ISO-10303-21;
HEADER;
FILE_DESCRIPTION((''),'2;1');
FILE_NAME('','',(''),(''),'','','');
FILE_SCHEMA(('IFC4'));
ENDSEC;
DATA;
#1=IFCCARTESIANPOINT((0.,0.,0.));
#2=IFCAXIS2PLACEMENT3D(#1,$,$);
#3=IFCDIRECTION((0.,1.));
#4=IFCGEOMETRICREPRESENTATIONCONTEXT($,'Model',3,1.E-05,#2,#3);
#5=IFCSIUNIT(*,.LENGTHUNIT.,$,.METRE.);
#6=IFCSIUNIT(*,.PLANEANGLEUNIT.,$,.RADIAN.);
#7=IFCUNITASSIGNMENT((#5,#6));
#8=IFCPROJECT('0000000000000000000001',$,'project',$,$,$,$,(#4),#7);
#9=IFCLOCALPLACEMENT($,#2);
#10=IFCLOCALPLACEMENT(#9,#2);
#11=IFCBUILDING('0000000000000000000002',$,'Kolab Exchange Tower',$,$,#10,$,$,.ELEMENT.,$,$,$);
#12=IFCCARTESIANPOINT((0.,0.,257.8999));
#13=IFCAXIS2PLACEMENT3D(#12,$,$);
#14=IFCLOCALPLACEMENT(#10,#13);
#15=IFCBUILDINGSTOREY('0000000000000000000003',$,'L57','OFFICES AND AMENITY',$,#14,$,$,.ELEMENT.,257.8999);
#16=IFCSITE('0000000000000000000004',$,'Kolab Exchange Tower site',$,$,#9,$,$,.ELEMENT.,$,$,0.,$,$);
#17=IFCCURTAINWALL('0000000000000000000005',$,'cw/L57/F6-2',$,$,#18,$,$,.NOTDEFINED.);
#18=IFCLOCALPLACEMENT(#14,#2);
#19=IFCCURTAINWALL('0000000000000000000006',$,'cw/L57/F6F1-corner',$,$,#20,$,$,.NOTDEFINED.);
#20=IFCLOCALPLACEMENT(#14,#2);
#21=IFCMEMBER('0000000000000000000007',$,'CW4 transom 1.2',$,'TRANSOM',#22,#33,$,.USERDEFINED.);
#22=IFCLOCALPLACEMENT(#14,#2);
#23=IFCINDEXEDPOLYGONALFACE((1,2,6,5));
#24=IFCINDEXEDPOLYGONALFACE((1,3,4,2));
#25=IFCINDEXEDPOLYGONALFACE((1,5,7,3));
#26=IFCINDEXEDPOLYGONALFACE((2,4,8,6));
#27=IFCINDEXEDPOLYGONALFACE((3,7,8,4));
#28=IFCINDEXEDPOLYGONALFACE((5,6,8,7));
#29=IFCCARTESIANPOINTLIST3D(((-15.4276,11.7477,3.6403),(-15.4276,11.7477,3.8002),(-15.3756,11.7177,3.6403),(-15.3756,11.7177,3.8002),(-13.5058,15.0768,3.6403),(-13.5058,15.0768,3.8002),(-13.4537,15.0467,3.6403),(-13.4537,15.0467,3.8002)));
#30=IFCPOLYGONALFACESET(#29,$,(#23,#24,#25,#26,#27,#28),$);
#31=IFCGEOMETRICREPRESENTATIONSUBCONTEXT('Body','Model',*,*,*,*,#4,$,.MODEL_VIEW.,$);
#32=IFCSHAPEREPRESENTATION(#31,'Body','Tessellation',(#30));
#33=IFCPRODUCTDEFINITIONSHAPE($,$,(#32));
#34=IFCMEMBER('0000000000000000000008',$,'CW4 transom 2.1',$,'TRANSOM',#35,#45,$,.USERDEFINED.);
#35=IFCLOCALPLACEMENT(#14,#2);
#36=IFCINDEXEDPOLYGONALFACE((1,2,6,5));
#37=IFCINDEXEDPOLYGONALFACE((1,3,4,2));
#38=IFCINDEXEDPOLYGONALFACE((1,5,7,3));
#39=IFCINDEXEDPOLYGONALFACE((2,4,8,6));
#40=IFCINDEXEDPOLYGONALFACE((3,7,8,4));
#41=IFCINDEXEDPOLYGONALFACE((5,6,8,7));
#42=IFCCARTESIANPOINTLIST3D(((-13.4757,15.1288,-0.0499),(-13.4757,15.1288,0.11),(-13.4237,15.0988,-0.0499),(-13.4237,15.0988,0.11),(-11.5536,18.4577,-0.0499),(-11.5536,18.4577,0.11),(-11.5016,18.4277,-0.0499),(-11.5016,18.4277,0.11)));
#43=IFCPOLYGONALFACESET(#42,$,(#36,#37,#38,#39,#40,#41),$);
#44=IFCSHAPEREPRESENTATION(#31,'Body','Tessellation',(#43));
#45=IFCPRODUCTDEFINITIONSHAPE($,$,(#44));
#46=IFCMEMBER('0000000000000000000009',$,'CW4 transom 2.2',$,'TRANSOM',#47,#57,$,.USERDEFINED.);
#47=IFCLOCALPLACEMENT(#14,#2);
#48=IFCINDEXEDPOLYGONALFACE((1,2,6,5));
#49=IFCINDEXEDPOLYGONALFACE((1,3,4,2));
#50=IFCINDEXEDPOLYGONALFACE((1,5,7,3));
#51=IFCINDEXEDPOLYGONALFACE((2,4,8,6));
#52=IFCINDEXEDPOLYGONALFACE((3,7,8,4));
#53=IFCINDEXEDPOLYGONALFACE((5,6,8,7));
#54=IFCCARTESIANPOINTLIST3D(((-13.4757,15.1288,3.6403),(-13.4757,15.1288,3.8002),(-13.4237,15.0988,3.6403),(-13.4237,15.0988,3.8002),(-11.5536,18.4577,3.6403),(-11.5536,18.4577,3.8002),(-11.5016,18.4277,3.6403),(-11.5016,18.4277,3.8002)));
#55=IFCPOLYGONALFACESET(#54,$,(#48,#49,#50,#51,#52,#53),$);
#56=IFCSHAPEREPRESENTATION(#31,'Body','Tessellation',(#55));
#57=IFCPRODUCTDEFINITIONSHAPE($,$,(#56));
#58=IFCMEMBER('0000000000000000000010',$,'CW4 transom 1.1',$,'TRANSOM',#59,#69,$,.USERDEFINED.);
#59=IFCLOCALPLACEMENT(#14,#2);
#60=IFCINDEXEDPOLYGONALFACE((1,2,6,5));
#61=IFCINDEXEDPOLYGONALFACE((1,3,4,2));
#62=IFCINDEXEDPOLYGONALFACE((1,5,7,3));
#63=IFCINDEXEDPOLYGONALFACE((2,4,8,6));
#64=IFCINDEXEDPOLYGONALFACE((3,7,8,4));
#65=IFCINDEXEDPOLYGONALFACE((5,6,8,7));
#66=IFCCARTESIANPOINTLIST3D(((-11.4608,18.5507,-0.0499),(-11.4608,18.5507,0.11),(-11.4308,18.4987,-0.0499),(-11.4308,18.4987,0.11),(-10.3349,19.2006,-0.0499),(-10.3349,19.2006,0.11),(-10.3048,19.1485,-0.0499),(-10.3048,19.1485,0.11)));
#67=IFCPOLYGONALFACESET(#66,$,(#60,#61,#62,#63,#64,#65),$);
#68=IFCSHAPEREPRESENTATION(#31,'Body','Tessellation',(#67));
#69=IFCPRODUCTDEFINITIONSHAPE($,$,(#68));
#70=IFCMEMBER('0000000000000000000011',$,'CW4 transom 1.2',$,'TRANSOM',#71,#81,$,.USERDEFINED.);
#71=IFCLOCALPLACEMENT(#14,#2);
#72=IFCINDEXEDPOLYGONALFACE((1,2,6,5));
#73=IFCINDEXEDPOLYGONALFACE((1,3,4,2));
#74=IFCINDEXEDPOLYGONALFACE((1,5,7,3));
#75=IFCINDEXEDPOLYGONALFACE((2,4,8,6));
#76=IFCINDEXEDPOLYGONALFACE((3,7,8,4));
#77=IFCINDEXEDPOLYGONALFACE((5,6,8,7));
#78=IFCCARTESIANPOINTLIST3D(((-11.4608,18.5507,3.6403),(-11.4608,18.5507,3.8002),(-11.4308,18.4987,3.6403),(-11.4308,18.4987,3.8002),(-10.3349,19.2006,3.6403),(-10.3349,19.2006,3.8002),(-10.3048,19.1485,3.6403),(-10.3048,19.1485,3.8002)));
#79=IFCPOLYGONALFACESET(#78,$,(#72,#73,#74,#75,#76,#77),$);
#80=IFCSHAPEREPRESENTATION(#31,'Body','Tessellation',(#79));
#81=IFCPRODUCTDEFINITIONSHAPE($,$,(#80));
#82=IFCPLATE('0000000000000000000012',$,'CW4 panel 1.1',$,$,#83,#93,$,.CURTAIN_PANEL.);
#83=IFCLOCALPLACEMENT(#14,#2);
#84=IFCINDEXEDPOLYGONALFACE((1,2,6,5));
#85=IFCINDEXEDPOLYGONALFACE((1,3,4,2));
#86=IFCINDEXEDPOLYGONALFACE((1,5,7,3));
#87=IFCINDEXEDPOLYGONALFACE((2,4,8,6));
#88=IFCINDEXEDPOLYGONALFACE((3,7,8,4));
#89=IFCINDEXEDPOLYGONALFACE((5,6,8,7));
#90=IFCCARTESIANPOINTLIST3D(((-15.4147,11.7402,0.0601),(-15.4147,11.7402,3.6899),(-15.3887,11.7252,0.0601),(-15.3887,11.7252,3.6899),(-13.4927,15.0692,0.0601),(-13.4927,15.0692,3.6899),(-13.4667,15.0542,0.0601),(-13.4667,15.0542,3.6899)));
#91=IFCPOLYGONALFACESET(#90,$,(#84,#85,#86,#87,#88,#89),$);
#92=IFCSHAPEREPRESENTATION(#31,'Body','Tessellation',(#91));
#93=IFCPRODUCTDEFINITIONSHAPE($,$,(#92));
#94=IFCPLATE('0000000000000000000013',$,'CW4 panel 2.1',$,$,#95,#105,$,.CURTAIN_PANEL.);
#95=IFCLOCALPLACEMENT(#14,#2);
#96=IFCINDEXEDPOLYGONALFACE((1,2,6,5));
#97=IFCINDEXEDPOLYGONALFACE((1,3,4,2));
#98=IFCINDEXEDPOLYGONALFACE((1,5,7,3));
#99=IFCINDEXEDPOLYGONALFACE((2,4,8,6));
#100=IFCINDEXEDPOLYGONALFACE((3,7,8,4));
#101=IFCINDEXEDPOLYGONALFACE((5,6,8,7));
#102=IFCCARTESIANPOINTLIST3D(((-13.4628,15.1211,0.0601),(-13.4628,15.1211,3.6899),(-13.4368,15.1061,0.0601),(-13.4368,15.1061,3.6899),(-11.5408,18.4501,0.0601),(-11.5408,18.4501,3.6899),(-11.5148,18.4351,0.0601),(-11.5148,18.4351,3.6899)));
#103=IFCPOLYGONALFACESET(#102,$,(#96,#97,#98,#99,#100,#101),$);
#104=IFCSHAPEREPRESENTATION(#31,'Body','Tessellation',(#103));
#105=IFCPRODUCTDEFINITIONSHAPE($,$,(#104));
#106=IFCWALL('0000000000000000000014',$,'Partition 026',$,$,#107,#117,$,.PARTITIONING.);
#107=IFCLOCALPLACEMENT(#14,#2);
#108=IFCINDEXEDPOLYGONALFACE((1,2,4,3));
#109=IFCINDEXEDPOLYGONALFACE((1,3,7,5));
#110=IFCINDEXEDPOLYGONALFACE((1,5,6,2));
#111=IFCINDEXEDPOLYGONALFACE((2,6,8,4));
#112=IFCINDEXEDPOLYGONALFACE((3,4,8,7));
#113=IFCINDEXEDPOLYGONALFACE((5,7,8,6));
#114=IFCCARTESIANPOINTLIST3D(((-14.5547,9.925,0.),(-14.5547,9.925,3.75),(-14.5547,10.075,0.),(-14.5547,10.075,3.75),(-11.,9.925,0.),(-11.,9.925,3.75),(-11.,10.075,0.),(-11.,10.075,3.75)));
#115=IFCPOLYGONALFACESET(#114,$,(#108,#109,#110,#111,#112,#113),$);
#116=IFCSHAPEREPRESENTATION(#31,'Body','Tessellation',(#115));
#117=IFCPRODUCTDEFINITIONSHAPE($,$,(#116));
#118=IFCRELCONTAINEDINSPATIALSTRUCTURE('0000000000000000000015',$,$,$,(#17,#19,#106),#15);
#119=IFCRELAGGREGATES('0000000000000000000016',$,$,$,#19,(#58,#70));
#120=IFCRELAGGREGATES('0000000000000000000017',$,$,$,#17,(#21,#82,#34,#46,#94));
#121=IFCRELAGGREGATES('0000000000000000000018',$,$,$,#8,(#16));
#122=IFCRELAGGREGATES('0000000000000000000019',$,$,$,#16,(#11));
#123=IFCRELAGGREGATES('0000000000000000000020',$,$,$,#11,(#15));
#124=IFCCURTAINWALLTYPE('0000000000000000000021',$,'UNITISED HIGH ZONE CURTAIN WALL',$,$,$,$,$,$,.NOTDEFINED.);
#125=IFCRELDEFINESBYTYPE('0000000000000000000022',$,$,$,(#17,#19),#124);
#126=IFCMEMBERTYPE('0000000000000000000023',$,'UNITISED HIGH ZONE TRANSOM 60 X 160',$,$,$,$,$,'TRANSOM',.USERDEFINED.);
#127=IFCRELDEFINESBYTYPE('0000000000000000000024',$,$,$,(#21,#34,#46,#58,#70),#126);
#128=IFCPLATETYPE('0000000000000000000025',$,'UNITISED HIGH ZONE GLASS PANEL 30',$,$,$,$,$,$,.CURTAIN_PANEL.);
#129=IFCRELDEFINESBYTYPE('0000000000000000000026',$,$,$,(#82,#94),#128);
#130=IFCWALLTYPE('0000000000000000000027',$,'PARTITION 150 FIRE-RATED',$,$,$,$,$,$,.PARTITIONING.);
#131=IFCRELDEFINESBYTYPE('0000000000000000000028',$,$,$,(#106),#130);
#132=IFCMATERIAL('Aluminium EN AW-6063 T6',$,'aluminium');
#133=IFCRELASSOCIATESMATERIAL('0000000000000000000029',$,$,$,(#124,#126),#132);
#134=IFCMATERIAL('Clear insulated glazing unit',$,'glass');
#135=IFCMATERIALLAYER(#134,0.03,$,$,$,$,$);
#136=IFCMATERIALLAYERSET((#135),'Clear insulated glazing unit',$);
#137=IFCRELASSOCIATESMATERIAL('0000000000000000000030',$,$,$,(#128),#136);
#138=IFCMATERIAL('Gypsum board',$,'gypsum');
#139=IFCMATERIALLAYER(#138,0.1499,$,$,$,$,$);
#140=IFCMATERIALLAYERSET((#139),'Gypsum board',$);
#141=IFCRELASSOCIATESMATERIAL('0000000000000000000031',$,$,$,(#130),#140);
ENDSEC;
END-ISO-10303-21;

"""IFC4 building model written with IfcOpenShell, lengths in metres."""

from ifc_helpers import new_model, si_unit, direction, frame, frame_2d, origin, origin_2d, place, context, subcontext, project, spatial, rectangle, extrude, material, layer, layer_set, material_profile, profile_set, type_object, element, aggregate, save


model = new_model("IFC4")

# Units and contexts
model_context = context("Model", 3, precision=1e-05, world=origin(), true_north=direction((0.0, 1.0)))
body_context = subcontext(model_context, "Body", "Model", "MODEL_VIEW")
ifc_project = project(units=[si_unit("LENGTHUNIT", "METRE"), si_unit("PLANEANGLEUNIT", "RADIAN")], contexts=[model_context])

# Site, building, storey
site_placement = place(None, origin())
site = spatial("IfcSite", under=ifc_project, at=site_placement, Name="Kolab Exchange Tower site", CompositionType="ELEMENT", RefElevation=0.0)
building_placement = place(site_placement, origin())
building = spatial("IfcBuilding", under=site, at=building_placement, Name="Kolab Exchange Tower", CompositionType="ELEMENT")
storey_placement = place(building_placement, frame((0.0, 0.0, 257.8999)))
storey = spatial("IfcBuildingStorey", under=building, at=storey_placement, Name="L57", Description="OFFICES AND AMENITY", CompositionType="ELEMENT", Elevation=257.8999)

# Curtain wall
ifc_material_1 = material(Name="Aluminium EN AW-6063 T6", Category="aluminium")
curtain_wall_type = type_object("IfcCurtainWallType", Name="UNITISED HIGH ZONE CURTAIN WALL", PredefinedType="NOTDEFINED", material=ifc_material_1)
curtain_wall_1_placement = place(storey_placement, origin())
curtain_wall_1 = element("IfcCurtainWall", 1, at=curtain_wall_1_placement, inside=storey, type_object=curtain_wall_type, Name="cw/L57/F6-2", PredefinedType="NOTDEFINED")

# Curtain wall
curtain_wall_2_placement = place(storey_placement, origin())
curtain_wall_2 = element("IfcCurtainWall", 2, at=curtain_wall_2_placement, inside=storey, type_object=curtain_wall_type, Name="cw/L57/F6F1-corner", PredefinedType="NOTDEFINED")

# Members
ifc_material_profile_1 = material_profile(ifc_material_1, rectangle(XDim=0.0601, YDim=0.1599, at=origin_2d()), Name="RECT 60X160")
ifc_profile_set_1 = profile_set([ifc_material_profile_1], Name="Aluminium EN AW-6063 T6")
member_type_1 = type_object("IfcMemberType", Name="UNITISED HIGH ZONE TRANSOM 60 X 160", ElementType="TRANSOM", PredefinedType="USERDEFINED", material=ifc_profile_set_1)
member_1_placement = place(storey_placement, frame((-15.4016, 11.7327, 3.7202), z_axis=(0.499964, 0.866046, 0.0), x_axis=(-0.866046, 0.499964, 0.0)))
member_1 = element("IfcMember", 3, at=member_1_placement, type_object=member_type_1, Name="CW4 transom 1.2", ObjectType="TRANSOM", PredefinedType="USERDEFINED", context=body_context, shape_type="SweptSolid", body=[
    extrude(rectangle(XDim=0.0601, YDim=0.1599, at=origin_2d()), origin(), (0.0, 0.0, 1.0), 3.844),
])
member_2_placement = place(storey_placement, frame((-13.4497, 15.1138, 0.03), z_axis=(0.500039, 0.866003, 0.0), x_axis=(-0.866003, 0.500039, 0.0)))
member_2 = element("IfcMember", 4, at=member_2_placement, type_object=member_type_1, Name="CW4 transom 2.1", ObjectType="TRANSOM", PredefinedType="USERDEFINED", context=body_context, shape_type="SweptSolid", body=[
    extrude(rectangle(XDim=0.0601, YDim=0.1599, at=origin_2d()), origin(), (0.0, 0.0, 1.0), 3.844),
])
member_3_placement = place(storey_placement, frame((-13.4497, 15.1138, 3.7202), z_axis=(0.500039, 0.866003, 0.0), x_axis=(-0.866003, 0.500039, 0.0)))
member_3 = element("IfcMember", 5, at=member_3_placement, type_object=member_type_1, Name="CW4 transom 2.2", ObjectType="TRANSOM", PredefinedType="USERDEFINED", context=body_context, shape_type="SweptSolid", body=[
    extrude(rectangle(XDim=0.0601, YDim=0.1599, at=origin_2d()), origin(), (0.0, 0.0, 1.0), 3.844),
])
member_4_placement = place(storey_placement, frame((-11.4458, 18.5247, 0.03), z_axis=(0.866086, 0.499896, 0.0), x_axis=(-0.499896, 0.866086, 0.0)))
member_4 = element("IfcMember", 6, at=member_4_placement, type_object=member_type_1, Name="CW4 transom 1.1", ObjectType="TRANSOM", PredefinedType="USERDEFINED", context=body_context, shape_type="SweptSolid", body=[
    extrude(rectangle(XDim=0.0601, YDim=0.1599, at=origin_2d()), origin(), (0.0, 0.0, 1.0), 1.3),
])
member_5_placement = place(storey_placement, frame((-11.4458, 18.5247, 3.7202), z_axis=(0.866086, 0.499896, 0.0), x_axis=(-0.499896, 0.866086, 0.0)))
member_5 = element("IfcMember", 7, at=member_5_placement, type_object=member_type_1, Name="CW4 transom 1.2", ObjectType="TRANSOM", PredefinedType="USERDEFINED", context=body_context, shape_type="SweptSolid", body=[
    extrude(rectangle(XDim=0.0601, YDim=0.1599, at=origin_2d()), origin(), (0.0, 0.0, 1.0), 1.3),
])
aggregate(curtain_wall_2, [member_4, member_5])

# Plates
ifc_material_2 = material(Name="Clear insulated glazing unit", Category="glass")
ifc_layer_1 = layer(ifc_material_2, 0.03)
ifc_layer_set_1 = layer_set([ifc_layer_1], Name="Clear insulated glazing unit")
plate_type = type_object("IfcPlateType", Name="UNITISED HIGH ZONE GLASS PANEL 30", PredefinedType="CURTAIN_PANEL", material=ifc_layer_set_1)
plate_1_placement = place(storey_placement, frame((-14.4407, 13.3972, 0.0601), z_axis=(0.0, 0.0, 1.0), x_axis=(0.5, 0.866025, 0.0)))
plate_1 = element("IfcPlate", 8, at=plate_1_placement, type_object=plate_type, Name="CW4 panel 1.1", PredefinedType="CURTAIN_PANEL", context=body_context, shape_type="SweptSolid", body=[
    extrude(rectangle(XDim=3.844, YDim=0.03, at=origin_2d()), origin(), (0.0, 0.0, 1.0), 3.6299),
])
plate_2_placement = place(storey_placement, frame((-12.4888, 16.7781, 0.0601), z_axis=(0.0, 0.0, 1.0), x_axis=(0.5, 0.866025, 0.0)))
plate_2 = element("IfcPlate", 9, at=plate_2_placement, type_object=plate_type, Name="CW4 panel 2.1", PredefinedType="CURTAIN_PANEL", context=body_context, shape_type="SweptSolid", body=[
    extrude(rectangle(XDim=3.844, YDim=0.03, at=origin_2d()), origin(), (0.0, 0.0, 1.0), 3.6299),
])
aggregate(curtain_wall_1, [member_1, plate_1, member_2, member_3, plate_2])

# Wall
ifc_material_3 = material(Name="Gypsum board", Category="gypsum")
ifc_layer_2 = layer(ifc_material_3, 0.1499)
ifc_layer_set_2 = layer_set([ifc_layer_2], Name="Gypsum board")
wall_type = type_object("IfcWallType", Name="PARTITION 150 FIRE-RATED", PredefinedType="PARTITIONING", material=ifc_layer_set_2)
wall_1_placement = place(storey_placement, frame((-14.5547, 10.0, 0.0), z_axis=(0.0, 0.0, 1.0), x_axis=(1.0, 0.0, 0.0)))
element("IfcWall", 10, at=wall_1_placement, inside=storey, type_object=wall_type, Name="Partition 026", PredefinedType="PARTITIONING", context=body_context, shape_type="SweptSolid", body=[
    extrude(rectangle(XDim=3.5547, YDim=0.1499, at=frame_2d((1.7773, 0.0))), origin(), (0.0, 0.0, 1.0), 3.75),
])

save(model, "model.ifc")
